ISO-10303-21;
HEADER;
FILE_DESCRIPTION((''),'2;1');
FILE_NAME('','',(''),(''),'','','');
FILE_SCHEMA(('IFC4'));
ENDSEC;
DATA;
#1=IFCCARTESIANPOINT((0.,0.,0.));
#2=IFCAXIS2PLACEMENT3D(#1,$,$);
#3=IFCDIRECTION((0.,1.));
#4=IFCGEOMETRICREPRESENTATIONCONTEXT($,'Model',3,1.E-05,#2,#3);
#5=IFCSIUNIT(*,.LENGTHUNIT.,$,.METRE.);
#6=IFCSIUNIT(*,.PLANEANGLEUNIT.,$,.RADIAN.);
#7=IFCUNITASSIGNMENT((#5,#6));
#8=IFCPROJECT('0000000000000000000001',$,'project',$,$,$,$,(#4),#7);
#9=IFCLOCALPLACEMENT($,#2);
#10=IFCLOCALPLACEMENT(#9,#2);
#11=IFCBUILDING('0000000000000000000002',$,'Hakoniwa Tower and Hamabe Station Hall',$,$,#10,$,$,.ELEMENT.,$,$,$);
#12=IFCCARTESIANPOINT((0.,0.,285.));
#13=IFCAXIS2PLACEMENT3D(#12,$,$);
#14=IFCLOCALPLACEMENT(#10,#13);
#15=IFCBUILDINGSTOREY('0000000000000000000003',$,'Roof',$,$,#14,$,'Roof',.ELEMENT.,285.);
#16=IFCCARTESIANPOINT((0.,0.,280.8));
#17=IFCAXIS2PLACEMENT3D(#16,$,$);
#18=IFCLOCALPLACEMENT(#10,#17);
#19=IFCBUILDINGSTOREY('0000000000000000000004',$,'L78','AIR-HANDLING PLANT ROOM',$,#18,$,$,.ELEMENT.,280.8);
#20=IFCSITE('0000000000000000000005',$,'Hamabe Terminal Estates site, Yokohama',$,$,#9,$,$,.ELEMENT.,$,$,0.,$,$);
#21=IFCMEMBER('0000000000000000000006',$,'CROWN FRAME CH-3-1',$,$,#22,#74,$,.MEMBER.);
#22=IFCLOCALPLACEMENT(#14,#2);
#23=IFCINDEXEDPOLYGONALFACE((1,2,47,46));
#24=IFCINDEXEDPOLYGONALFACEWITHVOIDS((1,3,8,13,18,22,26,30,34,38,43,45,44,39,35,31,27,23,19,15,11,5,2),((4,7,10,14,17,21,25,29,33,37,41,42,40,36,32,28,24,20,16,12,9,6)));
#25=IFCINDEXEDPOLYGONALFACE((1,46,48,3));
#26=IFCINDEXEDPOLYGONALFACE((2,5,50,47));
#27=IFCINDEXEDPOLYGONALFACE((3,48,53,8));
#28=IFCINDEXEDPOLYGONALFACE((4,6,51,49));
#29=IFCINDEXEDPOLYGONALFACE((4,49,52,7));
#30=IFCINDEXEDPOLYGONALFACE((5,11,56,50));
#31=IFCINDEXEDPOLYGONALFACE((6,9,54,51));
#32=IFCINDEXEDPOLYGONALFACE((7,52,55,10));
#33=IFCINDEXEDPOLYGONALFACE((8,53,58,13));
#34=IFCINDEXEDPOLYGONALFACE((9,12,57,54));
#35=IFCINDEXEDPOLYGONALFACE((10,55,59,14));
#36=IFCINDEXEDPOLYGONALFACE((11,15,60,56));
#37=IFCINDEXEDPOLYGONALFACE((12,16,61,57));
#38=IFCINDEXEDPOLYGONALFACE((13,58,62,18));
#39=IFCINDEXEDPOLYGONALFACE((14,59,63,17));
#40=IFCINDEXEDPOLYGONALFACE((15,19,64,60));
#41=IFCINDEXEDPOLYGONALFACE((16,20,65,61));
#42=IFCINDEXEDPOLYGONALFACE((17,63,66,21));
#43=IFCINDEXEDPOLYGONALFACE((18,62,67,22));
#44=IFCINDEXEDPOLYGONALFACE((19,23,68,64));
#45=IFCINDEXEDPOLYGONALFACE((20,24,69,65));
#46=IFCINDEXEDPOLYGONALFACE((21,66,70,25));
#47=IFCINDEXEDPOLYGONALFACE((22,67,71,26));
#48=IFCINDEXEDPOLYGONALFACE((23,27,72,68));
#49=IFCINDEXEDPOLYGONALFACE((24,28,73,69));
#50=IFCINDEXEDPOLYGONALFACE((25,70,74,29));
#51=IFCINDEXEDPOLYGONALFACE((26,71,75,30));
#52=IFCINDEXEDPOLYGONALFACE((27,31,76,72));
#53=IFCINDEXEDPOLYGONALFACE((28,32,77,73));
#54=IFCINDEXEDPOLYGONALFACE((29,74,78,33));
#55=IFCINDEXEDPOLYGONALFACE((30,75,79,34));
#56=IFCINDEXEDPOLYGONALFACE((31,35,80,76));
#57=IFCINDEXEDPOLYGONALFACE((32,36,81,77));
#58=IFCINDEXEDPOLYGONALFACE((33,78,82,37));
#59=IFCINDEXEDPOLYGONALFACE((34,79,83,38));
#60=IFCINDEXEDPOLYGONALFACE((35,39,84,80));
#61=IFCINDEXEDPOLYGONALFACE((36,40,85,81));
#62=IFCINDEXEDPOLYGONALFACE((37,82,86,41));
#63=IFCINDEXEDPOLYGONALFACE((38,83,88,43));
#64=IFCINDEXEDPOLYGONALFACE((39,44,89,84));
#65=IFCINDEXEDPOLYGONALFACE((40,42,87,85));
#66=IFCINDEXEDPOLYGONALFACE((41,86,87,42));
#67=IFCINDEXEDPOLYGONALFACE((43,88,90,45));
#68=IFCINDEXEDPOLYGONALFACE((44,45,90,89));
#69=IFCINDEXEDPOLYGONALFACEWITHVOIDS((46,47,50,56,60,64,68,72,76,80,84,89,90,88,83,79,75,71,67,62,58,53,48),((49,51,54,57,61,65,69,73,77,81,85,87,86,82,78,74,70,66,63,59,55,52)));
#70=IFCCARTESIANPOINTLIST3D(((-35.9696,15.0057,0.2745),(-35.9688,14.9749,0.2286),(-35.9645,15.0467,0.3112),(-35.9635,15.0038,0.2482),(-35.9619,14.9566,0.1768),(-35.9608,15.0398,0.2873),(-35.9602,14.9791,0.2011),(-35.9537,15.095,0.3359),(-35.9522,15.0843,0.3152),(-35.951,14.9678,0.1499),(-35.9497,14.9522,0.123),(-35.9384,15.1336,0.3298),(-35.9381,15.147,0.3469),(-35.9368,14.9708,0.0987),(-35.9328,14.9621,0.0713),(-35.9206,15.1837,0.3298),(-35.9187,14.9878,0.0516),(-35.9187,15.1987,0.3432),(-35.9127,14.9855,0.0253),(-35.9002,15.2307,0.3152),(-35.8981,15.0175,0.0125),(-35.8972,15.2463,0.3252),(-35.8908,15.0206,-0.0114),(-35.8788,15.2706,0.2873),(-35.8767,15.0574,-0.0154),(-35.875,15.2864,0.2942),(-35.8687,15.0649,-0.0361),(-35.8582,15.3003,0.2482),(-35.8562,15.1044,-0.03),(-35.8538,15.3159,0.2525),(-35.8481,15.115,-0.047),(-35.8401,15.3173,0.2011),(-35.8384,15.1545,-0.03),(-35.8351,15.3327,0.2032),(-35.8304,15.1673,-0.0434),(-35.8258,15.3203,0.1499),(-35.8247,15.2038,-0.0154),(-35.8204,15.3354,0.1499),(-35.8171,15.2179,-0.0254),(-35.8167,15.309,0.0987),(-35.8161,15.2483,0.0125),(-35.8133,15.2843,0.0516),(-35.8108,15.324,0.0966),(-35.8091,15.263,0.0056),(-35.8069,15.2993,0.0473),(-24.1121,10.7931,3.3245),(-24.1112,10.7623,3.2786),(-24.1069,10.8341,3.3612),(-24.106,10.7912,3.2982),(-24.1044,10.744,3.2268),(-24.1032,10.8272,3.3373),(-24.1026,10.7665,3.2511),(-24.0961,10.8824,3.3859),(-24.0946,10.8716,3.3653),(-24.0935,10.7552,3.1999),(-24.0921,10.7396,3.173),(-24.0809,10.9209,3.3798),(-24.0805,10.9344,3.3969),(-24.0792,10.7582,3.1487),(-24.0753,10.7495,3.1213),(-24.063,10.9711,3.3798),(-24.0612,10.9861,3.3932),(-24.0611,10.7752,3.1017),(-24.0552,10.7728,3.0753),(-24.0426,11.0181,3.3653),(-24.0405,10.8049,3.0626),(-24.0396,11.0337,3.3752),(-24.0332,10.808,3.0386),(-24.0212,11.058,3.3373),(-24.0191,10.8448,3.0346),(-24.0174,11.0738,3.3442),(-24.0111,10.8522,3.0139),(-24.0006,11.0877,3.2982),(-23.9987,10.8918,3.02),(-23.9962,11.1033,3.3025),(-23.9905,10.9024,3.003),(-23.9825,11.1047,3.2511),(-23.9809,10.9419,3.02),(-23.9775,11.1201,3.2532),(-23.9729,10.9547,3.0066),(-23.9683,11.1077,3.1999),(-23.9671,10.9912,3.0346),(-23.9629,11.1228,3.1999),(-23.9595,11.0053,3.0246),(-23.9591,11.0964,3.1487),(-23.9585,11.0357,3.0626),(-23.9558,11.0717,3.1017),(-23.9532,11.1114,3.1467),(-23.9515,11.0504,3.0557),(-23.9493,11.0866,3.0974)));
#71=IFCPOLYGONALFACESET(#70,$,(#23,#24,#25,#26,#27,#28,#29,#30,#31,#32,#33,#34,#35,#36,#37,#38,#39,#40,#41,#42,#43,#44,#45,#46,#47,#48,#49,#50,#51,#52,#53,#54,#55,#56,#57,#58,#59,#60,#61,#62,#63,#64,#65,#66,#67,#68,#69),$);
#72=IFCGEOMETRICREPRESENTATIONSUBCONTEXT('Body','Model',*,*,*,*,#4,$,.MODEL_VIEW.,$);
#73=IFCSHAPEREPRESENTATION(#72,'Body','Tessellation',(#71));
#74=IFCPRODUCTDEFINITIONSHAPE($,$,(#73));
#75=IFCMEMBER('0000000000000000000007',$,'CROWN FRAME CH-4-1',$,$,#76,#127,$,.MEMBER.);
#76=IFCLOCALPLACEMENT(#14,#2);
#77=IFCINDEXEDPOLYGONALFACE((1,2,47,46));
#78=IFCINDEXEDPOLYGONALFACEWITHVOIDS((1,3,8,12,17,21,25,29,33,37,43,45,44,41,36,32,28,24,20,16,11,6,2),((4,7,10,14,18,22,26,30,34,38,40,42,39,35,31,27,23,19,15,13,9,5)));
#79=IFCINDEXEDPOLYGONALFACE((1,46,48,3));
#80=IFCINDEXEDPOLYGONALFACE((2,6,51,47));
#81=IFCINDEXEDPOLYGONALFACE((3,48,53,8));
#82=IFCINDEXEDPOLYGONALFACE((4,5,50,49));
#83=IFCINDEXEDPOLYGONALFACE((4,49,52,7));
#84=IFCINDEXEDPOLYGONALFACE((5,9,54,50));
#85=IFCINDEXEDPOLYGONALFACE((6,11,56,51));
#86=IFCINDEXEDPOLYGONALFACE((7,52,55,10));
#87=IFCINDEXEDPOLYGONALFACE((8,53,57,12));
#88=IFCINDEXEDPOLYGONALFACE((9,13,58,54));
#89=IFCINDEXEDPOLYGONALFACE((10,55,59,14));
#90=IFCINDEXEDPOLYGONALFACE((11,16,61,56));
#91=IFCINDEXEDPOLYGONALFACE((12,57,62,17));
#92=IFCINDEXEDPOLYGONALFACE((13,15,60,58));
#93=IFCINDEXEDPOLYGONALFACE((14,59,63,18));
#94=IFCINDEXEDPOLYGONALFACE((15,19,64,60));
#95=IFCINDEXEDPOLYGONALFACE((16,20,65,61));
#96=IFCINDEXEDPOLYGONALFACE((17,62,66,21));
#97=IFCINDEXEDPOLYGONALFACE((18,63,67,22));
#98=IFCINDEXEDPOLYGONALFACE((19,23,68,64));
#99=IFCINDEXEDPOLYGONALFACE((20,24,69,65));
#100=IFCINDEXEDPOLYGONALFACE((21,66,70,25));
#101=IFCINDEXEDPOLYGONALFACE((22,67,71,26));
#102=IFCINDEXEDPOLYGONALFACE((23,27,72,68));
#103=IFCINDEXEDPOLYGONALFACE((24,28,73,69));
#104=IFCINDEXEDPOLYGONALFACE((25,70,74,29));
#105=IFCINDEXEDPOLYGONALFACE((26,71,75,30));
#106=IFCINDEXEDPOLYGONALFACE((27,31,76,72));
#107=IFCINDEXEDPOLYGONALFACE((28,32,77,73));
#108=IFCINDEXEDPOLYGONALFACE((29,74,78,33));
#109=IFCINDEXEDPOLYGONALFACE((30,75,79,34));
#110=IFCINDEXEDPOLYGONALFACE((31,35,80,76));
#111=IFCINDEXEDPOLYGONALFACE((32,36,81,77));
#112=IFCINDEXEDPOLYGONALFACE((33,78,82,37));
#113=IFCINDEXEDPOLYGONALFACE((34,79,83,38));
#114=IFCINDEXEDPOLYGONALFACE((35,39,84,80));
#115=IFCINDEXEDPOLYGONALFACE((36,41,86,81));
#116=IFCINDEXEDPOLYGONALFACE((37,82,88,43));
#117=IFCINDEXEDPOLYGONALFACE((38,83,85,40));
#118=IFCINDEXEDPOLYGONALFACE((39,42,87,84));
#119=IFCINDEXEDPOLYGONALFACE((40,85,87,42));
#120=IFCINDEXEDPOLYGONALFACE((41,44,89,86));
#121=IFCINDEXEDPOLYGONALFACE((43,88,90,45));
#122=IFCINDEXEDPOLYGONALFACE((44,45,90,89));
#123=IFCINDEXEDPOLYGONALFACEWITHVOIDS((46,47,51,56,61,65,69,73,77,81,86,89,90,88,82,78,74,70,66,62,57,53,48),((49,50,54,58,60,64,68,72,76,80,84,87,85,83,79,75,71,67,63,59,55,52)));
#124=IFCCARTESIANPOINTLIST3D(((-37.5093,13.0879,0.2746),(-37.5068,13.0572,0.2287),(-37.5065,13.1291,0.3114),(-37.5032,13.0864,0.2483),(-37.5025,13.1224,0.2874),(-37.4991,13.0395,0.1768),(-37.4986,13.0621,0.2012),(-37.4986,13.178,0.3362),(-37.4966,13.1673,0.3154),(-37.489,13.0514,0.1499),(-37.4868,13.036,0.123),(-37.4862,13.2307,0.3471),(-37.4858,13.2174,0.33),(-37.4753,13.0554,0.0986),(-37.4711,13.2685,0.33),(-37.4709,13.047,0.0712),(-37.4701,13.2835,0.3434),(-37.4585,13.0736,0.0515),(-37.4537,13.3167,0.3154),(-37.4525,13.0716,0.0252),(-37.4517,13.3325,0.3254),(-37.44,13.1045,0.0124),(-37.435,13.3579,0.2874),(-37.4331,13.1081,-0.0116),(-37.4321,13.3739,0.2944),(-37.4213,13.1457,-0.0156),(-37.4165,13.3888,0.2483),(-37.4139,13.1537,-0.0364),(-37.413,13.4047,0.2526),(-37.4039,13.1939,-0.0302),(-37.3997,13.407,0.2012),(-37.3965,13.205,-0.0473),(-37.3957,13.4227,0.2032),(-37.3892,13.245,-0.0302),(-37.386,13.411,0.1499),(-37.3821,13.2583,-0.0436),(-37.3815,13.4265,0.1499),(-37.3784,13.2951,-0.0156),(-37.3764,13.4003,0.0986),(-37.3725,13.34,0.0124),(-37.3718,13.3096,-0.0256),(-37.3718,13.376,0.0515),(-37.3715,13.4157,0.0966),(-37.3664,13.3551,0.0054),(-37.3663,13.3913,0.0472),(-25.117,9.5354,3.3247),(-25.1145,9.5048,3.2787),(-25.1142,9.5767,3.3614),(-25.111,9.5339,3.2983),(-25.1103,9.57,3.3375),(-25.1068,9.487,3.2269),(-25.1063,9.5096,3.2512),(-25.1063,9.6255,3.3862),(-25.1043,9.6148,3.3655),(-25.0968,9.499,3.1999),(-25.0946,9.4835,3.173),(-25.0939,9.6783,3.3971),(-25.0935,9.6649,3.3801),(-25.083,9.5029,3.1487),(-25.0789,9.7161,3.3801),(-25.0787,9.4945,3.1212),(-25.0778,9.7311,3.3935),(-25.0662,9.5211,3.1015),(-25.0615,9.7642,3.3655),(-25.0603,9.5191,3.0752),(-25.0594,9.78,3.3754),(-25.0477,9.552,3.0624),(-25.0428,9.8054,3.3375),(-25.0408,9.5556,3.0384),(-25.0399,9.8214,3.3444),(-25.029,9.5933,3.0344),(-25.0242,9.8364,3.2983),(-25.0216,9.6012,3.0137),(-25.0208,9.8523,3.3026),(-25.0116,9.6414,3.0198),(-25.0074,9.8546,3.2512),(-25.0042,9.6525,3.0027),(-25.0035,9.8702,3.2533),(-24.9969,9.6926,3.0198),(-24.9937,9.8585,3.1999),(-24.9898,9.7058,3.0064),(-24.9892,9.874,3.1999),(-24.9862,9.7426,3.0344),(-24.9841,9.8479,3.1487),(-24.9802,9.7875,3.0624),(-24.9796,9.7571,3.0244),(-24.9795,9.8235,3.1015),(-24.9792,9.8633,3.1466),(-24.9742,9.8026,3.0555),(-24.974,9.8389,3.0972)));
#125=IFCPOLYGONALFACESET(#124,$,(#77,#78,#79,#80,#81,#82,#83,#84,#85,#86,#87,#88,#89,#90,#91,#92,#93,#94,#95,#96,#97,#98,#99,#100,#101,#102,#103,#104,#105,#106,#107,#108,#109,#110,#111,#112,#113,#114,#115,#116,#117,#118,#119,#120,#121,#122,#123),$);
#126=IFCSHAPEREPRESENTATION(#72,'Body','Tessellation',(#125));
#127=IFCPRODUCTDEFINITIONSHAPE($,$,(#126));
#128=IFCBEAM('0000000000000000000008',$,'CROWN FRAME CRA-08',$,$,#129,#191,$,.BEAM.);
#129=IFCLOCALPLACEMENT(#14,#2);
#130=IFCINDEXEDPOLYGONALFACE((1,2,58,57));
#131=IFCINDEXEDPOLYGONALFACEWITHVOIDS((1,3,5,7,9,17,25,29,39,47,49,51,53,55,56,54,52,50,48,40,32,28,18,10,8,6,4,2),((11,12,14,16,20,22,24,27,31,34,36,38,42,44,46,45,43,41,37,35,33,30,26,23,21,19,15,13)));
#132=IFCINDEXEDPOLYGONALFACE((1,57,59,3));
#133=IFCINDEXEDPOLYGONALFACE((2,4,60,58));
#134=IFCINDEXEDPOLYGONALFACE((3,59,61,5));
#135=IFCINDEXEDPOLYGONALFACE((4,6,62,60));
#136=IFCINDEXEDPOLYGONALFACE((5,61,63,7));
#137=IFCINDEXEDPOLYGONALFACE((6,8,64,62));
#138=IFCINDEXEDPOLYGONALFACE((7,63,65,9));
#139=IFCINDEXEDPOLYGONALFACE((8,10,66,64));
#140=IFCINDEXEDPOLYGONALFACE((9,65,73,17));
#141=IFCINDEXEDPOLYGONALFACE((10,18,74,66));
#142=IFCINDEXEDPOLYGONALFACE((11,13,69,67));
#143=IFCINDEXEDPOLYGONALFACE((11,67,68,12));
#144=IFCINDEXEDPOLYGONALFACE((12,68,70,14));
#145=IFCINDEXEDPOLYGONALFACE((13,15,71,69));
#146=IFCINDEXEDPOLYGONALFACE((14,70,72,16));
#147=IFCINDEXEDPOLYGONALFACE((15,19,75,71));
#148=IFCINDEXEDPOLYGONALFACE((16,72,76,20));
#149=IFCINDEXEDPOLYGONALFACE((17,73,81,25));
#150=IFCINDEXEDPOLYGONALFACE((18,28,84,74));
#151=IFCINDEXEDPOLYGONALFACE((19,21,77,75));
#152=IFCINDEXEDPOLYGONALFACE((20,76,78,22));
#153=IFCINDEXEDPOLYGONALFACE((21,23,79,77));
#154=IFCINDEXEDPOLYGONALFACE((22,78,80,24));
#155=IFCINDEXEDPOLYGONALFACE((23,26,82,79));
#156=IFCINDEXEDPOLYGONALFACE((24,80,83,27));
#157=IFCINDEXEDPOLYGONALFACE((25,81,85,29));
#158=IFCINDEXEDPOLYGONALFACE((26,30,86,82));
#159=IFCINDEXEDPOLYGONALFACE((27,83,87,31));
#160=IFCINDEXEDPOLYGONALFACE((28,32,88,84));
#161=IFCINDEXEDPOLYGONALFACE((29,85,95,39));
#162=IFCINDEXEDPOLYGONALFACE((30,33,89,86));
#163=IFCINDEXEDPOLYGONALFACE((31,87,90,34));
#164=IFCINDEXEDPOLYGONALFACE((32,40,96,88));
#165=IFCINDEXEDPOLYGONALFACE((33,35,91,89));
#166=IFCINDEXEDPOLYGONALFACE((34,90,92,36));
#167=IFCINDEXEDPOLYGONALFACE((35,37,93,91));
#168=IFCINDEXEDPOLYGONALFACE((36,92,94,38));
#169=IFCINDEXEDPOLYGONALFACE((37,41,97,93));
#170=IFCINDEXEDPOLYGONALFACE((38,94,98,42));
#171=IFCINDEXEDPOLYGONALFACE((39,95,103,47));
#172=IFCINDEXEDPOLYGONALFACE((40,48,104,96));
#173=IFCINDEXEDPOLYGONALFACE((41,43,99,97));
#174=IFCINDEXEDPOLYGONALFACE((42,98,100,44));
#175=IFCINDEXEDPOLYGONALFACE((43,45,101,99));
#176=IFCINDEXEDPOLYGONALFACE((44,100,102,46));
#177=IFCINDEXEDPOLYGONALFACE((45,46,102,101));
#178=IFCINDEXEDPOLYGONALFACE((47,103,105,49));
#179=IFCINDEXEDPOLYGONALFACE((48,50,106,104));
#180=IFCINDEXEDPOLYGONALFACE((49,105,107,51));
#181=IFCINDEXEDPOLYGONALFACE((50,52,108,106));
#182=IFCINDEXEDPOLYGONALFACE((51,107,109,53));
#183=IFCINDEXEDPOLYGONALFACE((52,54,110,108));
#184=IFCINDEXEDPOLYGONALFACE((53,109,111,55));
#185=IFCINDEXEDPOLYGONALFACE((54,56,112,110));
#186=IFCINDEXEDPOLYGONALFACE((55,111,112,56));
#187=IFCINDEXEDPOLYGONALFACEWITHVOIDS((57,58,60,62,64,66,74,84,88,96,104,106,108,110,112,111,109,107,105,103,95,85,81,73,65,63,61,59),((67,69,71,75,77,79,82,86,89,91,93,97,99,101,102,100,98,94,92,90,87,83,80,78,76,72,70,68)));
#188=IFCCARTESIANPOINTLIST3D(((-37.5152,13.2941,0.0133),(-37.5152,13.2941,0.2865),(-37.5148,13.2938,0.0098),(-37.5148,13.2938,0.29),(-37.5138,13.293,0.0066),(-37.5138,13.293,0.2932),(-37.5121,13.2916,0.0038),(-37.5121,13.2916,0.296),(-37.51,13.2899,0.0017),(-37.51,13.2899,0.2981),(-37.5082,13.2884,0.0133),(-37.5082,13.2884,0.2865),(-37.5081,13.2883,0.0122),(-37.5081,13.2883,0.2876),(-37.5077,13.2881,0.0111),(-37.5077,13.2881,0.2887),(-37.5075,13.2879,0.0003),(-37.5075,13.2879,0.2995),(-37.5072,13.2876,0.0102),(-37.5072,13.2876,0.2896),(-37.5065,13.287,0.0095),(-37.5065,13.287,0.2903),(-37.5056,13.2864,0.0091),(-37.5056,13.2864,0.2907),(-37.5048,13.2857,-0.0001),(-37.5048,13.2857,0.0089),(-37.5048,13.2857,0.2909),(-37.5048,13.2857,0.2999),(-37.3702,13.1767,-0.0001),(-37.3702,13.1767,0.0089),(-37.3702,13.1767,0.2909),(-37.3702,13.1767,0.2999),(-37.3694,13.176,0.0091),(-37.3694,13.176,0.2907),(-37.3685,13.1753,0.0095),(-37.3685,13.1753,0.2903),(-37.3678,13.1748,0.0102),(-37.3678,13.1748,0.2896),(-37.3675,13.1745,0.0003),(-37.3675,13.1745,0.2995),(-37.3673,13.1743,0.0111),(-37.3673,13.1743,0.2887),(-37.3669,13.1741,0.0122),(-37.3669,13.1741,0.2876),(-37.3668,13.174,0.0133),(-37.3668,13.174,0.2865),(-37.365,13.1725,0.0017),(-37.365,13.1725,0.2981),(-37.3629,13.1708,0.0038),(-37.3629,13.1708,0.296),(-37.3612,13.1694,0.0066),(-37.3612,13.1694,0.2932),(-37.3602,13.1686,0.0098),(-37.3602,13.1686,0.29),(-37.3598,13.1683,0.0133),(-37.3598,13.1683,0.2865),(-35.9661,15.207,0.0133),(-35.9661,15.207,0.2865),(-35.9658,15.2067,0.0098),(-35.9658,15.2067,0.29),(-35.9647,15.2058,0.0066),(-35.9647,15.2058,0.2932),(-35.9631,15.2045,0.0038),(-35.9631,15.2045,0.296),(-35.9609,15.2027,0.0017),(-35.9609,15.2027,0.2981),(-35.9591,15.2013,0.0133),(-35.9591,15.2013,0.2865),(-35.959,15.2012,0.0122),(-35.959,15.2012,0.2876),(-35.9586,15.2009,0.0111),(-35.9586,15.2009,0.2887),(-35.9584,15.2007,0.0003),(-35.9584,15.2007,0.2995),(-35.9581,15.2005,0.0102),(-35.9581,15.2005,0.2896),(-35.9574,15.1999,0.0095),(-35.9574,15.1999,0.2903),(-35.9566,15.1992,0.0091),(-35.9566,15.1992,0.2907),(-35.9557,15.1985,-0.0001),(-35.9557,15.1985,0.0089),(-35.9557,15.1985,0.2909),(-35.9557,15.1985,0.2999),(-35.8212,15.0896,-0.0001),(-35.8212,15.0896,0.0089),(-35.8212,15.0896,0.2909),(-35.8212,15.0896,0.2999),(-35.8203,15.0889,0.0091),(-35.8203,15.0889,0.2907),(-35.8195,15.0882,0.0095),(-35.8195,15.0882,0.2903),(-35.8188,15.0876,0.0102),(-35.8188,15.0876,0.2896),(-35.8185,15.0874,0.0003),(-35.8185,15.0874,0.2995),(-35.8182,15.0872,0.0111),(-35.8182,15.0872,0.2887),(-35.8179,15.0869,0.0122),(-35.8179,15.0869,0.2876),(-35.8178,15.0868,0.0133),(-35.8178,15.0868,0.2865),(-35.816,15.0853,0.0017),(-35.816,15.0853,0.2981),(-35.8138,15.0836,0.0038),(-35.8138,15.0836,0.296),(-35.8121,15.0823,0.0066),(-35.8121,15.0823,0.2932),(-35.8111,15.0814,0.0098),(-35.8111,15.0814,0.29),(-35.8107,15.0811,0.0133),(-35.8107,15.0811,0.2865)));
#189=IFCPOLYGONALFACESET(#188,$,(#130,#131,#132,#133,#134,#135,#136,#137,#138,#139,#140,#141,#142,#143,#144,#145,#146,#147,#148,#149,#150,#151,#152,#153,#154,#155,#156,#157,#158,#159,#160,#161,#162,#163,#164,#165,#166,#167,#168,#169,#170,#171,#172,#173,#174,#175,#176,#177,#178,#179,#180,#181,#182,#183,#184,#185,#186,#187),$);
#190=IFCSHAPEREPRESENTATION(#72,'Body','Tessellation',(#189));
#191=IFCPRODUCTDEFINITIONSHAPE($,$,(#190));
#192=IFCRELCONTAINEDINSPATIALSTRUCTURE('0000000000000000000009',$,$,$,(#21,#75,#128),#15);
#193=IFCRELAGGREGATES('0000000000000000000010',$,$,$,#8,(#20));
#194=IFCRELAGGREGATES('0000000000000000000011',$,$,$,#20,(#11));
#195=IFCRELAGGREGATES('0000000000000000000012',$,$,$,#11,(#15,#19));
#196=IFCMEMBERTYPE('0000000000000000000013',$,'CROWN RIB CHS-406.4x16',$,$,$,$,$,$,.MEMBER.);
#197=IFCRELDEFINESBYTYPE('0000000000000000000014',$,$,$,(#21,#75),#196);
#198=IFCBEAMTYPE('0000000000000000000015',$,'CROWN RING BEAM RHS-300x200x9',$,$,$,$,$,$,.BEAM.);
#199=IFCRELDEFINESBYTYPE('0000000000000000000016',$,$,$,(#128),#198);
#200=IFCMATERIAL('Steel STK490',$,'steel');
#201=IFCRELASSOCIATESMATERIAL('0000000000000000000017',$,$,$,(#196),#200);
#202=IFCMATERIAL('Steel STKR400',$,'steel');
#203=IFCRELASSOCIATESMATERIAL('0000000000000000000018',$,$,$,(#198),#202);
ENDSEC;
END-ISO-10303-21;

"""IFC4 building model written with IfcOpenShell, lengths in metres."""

from ifc_helpers import new_model, si_unit, direction, frame, origin, origin_2d, place, context, subcontext, project, spatial, hollow_rectangle, hollow_circle, extrude, material, material_profile, profile_set, type_object, element, save


model = new_model("IFC4")

# Units and contexts
model_context = context("Model", 3, precision=1e-05, world=origin(), true_north=direction((0.0, 1.0)))
body_context = subcontext(model_context, "Body", "Model", "MODEL_VIEW")
ifc_project = project(units=[si_unit("LENGTHUNIT", "METRE"), si_unit("PLANEANGLEUNIT", "RADIAN")], contexts=[model_context])

# Site, building, storey
site_placement = place(None, origin())
site = spatial("IfcSite", under=ifc_project, at=site_placement, Name="Hamabe Terminal Estates site, Yokohama", CompositionType="ELEMENT", RefElevation=0.0)
building_placement = place(site_placement, origin())
building = spatial("IfcBuilding", under=site, at=building_placement, Name="Hakoniwa Tower and Hamabe Station Hall", CompositionType="ELEMENT")
storey_1_placement = place(building_placement, frame((0.0, 0.0, 285.0)))
storey_1 = spatial("IfcBuildingStorey", under=building, at=storey_1_placement, Name="Roof", LongName="Roof", CompositionType="ELEMENT", Elevation=285.0)

# Members
ifc_material_1 = material(Name="Steel STK490", Category="steel")
ifc_material_profile_1 = material_profile(ifc_material_1, hollow_circle(Radius=0.2031, WallThickness=0.0161, at=origin_2d()), Name="CHS-406.4x16")
ifc_profile_set_1 = profile_set([ifc_material_profile_1], Name="Steel STK490")
member_type_1 = type_object("IfcMemberType", Name="CROWN RIB CHS-406.4x16", PredefinedType="MEMBER", material=ifc_profile_set_1)
member_1_placement = place(storey_1_placement, frame((-35.8884, 15.144, 0.1499), z_axis=(0.915784, -0.325348, 0.235559), x_axis=(0.334769, 0.9423, 0.0)))
element("IfcMember", 1, at=member_1_placement, inside=storey_1, type_object=member_type_1, Name="CROWN FRAME CH-3-1", PredefinedType="MEMBER", context=body_context, shape_type="SweptSolid", body=[
    extrude(hollow_circle(Radius=0.2031, WallThickness=0.0161, at=origin_2d()), origin(), (0.0, 0.0, 1.0), 12.948),
])
member_2_placement = place(storey_1_placement, frame((-37.4375, 13.2312, 0.1499), z_axis=(0.935456, -0.268166, 0.230238), x_axis=(0.275569, 0.961281, 0.0)))
element("IfcMember", 2, at=member_2_placement, inside=storey_1, type_object=member_type_1, Name="CROWN FRAME CH-4-1", PredefinedType="MEMBER", context=body_context, shape_type="SweptSolid", body=[
    extrude(hollow_circle(Radius=0.2031, WallThickness=0.0161, at=origin_2d()), origin(), (0.0, 0.0, 1.0), 13.2473),
])

# Beam
ifc_material_2 = material(Name="Steel STKR400", Category="steel")
ifc_material_profile_2 = material_profile(ifc_material_2, hollow_rectangle(XDim=0.2, YDim=0.3, WallThickness=0.009, InnerFilletRadius=0.0044, OuterFilletRadius=0.0134, at=origin_2d()), Name="RHS-300x200x9")
ifc_profile_set_2 = profile_set([ifc_material_profile_2], Name="Steel STKR400")
beam_type = type_object("IfcBeamType", Name="CROWN RING BEAM RHS-300x200x9", PredefinedType="BEAM", material=ifc_profile_set_2)
beam_1_placement = place(storey_1_placement, frame((-35.8884, 15.144, 0.1499), z_axis=(-0.629341, -0.777129, 0.0), x_axis=(0.777129, -0.629341, 0.0)))
element("IfcBeam", 3, at=beam_1_placement, inside=storey_1, type_object=beam_type, Name="CROWN FRAME CRA-08", PredefinedType="BEAM", context=body_context, shape_type="SweptSolid", body=[
    extrude(hollow_rectangle(XDim=0.2, YDim=0.3, WallThickness=0.009, InnerFilletRadius=0.0044, OuterFilletRadius=0.0134, at=origin_2d()), origin(), (0.0, 0.0, 1.0), 2.4614),
])

# Shared definitions
storey_2_placement = place(building_placement, frame((0.0, 0.0, 280.8)))
storey_2 = spatial("IfcBuildingStorey", under=building, at=storey_2_placement, Name="L78", Description="AIR-HANDLING PLANT ROOM", CompositionType="ELEMENT", Elevation=280.8)

save(model, "model.ifc")
